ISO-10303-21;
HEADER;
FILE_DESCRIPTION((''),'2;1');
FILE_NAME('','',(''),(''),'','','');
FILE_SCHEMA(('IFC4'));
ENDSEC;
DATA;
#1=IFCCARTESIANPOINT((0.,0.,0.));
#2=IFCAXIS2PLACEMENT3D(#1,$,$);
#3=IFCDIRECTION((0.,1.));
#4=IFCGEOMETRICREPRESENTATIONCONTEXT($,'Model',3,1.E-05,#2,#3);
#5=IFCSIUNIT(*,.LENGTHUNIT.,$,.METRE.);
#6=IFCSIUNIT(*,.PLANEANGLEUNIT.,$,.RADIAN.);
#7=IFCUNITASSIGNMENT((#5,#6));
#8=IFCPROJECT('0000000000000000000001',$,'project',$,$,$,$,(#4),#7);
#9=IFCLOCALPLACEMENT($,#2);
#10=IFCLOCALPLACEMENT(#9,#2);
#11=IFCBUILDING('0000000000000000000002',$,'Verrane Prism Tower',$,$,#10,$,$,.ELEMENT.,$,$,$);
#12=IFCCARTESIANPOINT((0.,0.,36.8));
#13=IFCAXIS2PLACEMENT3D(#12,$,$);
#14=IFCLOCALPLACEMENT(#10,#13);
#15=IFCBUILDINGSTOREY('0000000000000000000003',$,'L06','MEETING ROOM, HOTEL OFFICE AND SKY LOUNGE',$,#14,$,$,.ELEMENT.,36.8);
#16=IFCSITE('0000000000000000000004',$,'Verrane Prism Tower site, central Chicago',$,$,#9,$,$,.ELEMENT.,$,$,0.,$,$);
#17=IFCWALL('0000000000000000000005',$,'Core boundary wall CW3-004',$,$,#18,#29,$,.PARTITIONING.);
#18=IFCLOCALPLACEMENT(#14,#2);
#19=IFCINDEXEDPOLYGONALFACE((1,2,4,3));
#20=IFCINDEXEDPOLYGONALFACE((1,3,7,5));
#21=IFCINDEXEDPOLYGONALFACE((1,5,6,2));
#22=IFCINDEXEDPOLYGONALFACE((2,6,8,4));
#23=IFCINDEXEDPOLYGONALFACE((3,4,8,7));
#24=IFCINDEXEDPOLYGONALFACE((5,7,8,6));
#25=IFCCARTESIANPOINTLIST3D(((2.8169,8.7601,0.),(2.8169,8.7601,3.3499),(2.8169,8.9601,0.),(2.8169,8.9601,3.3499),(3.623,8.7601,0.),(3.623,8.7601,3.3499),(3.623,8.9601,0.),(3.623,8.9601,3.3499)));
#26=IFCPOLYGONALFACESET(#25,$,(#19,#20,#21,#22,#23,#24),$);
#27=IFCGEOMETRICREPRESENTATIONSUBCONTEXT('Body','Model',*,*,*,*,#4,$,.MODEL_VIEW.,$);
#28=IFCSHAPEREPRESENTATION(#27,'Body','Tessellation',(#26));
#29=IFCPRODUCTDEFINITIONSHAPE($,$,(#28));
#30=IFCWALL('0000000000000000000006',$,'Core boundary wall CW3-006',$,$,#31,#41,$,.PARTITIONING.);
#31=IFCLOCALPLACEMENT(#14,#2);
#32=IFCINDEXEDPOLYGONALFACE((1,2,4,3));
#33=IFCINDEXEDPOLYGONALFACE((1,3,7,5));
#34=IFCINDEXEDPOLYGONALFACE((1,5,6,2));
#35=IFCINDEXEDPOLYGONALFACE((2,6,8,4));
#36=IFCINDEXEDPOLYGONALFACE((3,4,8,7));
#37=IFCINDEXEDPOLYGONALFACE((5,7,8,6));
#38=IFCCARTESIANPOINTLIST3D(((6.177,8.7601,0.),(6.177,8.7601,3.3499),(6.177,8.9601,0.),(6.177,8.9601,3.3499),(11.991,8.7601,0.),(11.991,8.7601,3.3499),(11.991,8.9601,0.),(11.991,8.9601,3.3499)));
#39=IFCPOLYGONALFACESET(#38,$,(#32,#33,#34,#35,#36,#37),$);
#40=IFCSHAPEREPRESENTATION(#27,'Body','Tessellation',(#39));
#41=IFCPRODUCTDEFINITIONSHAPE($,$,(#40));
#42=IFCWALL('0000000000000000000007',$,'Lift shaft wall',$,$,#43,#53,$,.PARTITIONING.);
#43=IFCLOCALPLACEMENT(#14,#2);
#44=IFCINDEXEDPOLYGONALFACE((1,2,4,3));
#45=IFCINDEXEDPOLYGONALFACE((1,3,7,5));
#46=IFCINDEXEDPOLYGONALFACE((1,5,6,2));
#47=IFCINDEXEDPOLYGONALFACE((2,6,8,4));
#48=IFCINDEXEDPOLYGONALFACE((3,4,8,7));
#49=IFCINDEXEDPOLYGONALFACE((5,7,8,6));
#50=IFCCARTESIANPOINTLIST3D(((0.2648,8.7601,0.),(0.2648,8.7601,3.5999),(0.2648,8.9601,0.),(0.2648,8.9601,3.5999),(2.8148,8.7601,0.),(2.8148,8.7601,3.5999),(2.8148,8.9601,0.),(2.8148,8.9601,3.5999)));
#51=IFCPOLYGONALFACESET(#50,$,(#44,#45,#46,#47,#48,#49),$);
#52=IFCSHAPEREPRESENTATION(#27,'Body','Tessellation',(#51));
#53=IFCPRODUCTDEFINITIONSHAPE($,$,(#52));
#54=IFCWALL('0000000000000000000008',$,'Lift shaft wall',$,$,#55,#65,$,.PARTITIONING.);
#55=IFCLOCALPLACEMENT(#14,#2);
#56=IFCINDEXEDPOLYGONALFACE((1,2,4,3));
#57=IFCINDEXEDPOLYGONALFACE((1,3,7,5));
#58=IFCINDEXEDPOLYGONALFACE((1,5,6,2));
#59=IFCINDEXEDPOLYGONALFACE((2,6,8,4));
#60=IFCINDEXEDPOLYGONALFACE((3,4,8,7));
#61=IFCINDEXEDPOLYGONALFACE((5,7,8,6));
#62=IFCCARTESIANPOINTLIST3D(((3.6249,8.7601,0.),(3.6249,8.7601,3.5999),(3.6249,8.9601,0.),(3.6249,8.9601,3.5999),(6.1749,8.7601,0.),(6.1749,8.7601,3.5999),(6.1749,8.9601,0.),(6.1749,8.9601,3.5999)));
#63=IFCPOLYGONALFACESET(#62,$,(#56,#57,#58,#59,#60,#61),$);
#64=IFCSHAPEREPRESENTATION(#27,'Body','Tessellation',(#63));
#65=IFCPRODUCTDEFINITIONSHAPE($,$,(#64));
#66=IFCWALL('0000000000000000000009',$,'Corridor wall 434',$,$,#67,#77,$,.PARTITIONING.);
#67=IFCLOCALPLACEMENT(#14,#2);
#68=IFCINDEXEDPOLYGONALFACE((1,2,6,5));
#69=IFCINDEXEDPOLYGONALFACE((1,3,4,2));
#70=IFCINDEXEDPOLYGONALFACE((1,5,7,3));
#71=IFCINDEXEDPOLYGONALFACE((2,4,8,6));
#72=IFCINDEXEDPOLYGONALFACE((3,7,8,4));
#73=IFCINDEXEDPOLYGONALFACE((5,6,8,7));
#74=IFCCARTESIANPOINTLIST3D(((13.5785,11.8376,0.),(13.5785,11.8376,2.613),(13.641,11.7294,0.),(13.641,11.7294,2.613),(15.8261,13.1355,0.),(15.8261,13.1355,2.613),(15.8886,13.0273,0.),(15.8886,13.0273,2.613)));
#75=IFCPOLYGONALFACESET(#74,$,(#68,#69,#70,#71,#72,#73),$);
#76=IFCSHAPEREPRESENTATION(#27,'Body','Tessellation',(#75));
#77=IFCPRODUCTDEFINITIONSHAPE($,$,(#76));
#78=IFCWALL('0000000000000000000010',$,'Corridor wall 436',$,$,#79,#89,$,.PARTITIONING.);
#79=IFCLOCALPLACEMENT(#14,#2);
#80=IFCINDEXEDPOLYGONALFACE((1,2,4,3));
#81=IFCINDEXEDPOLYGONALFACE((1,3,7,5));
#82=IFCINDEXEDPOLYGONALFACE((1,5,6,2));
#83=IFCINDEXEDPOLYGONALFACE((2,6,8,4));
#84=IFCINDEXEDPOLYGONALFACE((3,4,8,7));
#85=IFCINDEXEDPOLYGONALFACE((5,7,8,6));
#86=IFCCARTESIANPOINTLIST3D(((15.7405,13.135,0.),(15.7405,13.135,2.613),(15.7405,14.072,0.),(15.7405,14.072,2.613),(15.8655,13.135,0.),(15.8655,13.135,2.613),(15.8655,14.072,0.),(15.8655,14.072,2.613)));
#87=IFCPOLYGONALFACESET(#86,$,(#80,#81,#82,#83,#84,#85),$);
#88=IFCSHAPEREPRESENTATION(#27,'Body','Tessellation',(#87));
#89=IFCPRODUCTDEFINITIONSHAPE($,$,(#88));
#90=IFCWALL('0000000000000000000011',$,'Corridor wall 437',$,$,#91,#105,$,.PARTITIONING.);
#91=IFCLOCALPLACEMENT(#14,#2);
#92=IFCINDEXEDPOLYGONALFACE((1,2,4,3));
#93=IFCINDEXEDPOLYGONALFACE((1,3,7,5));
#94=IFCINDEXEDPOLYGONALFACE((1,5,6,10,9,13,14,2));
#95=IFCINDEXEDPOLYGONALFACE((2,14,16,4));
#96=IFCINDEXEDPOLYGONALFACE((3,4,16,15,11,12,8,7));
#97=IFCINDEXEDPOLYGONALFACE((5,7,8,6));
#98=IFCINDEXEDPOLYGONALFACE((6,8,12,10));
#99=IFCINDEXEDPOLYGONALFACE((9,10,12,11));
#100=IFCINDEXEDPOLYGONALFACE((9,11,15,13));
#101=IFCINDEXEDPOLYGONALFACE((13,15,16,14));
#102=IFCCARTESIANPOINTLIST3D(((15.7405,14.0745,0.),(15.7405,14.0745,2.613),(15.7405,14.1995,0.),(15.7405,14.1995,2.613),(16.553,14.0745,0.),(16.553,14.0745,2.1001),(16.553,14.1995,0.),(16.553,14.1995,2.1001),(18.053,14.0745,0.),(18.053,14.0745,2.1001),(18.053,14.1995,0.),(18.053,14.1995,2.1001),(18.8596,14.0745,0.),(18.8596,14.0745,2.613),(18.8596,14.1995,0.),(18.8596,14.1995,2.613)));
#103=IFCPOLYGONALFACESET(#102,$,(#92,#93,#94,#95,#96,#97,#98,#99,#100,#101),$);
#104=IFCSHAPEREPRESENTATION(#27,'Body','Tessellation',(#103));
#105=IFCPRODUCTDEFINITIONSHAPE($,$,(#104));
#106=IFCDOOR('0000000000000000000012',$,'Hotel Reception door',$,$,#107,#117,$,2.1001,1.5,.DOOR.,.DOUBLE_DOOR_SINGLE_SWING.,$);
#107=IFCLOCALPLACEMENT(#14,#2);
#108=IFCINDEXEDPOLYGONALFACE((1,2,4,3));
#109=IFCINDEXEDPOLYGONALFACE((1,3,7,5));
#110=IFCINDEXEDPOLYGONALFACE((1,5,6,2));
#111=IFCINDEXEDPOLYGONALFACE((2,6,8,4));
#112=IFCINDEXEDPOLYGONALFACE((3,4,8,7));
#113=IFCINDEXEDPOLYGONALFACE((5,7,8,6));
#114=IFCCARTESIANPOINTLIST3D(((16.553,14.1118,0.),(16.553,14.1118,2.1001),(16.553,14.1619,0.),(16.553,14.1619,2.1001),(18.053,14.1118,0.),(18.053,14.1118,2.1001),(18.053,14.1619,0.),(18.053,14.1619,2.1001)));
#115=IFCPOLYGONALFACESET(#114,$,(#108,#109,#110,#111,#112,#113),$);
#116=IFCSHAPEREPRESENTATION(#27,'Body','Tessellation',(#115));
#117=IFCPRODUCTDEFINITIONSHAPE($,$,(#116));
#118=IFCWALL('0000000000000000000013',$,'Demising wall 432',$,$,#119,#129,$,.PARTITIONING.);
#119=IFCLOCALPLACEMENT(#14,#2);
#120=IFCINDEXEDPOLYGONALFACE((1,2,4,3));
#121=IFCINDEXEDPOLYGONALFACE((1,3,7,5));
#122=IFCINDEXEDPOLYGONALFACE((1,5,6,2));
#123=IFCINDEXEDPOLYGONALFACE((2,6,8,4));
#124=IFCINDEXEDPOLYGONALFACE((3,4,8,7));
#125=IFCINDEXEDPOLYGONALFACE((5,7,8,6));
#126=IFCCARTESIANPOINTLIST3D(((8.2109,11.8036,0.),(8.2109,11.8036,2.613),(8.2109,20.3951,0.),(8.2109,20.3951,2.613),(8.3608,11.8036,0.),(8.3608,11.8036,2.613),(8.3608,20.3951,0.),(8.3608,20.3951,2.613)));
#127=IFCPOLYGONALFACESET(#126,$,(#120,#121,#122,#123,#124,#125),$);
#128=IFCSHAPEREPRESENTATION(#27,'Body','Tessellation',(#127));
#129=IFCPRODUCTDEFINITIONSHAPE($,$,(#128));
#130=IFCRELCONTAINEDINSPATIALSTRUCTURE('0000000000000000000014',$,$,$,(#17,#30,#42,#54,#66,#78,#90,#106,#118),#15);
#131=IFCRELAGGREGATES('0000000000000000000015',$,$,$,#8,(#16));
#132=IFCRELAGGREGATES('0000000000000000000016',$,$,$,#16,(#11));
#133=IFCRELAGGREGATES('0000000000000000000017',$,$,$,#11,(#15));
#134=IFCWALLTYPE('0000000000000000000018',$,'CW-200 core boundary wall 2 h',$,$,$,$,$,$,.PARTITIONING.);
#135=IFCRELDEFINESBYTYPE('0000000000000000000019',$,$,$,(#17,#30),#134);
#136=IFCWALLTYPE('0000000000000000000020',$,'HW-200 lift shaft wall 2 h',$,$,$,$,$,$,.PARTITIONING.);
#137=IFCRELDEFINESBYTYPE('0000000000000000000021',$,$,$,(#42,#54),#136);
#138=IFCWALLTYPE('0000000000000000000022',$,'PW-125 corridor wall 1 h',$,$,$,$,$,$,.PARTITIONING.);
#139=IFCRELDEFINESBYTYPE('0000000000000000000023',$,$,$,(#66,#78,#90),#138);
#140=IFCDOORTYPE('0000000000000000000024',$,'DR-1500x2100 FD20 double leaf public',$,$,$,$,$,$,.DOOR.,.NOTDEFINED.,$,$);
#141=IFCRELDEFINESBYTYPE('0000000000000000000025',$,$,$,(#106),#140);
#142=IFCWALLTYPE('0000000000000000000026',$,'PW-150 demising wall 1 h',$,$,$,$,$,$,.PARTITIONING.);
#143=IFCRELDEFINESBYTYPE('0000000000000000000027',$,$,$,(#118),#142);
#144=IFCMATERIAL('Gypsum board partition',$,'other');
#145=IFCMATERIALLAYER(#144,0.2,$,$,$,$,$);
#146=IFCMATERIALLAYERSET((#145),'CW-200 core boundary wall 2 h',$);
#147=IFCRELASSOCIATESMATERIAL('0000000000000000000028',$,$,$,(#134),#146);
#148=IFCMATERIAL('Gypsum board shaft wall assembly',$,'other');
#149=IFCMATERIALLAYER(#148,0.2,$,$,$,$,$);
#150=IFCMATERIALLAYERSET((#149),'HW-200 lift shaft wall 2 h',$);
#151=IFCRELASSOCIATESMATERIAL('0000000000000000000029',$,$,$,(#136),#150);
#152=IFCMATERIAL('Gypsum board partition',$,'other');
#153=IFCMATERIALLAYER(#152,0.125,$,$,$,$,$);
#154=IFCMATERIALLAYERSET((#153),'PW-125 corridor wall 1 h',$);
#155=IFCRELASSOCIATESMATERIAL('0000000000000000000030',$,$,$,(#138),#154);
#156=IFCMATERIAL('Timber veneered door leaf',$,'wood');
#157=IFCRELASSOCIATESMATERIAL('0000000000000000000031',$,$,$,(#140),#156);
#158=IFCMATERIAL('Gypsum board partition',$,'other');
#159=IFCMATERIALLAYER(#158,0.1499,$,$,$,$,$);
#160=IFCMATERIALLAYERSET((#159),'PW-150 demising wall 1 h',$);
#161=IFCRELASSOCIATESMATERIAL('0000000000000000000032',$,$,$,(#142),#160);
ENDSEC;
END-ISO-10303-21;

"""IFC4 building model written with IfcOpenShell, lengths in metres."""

from ifc_helpers import new_model, si_unit, direction, frame, frame_2d, origin, place, context, subcontext, project, spatial, rectangle, extrude, material, layer, layer_set, type_object, element, fill, save


model = new_model("IFC4")

# Units and contexts
model_context = context("Model", 3, precision=1e-05, world=origin(), true_north=direction((0.0, 1.0)))
body_context = subcontext(model_context, "Body", "Model", "MODEL_VIEW")
ifc_project = project(units=[si_unit("LENGTHUNIT", "METRE"), si_unit("PLANEANGLEUNIT", "RADIAN")], contexts=[model_context])

# Site, building, storey
site_placement = place(None, origin())
site = spatial("IfcSite", under=ifc_project, at=site_placement, Name="Verrane Prism Tower site, central Chicago", CompositionType="ELEMENT", RefElevation=0.0)
building_placement = place(site_placement, origin())
building = spatial("IfcBuilding", under=site, at=building_placement, Name="Verrane Prism Tower", CompositionType="ELEMENT")
storey_placement = place(building_placement, frame((0.0, 0.0, 36.8)))
storey = spatial("IfcBuildingStorey", under=building, at=storey_placement, Name="L06", Description="MEETING ROOM, HOTEL OFFICE AND SKY LOUNGE", CompositionType="ELEMENT", Elevation=36.8)

# Walls
ifc_material_1 = material(Name="Gypsum board partition", Category="other")
ifc_layer_1 = layer(ifc_material_1, 0.2)
ifc_layer_set_1 = layer_set([ifc_layer_1], Name="CW-200 core boundary wall 2 h")
wall_type_1 = type_object("IfcWallType", Name="CW-200 core boundary wall 2 h", PredefinedType="PARTITIONING", material=ifc_layer_set_1)
wall_1_placement = place(storey_placement, frame((2.8169, 8.8601, 0.0), z_axis=(0.0, 0.0, 1.0), x_axis=(1.0, 0.0, 0.0)))
element("IfcWall", 1, at=wall_1_placement, inside=storey, type_object=wall_type_1, Name="Core boundary wall CW3-004", PredefinedType="PARTITIONING", context=body_context, shape_type="SweptSolid", body=[
    extrude(rectangle(XDim=0.8062, YDim=0.2, at=frame_2d((0.4031, 0.0))), origin(), (0.0, 0.0, 1.0), 3.3499),
])
wall_2_placement = place(storey_placement, frame((6.177, 8.8601, 0.0), z_axis=(0.0, 0.0, 1.0), x_axis=(1.0, 0.0, 0.0)))
element("IfcWall", 2, at=wall_2_placement, inside=storey, type_object=wall_type_1, Name="Core boundary wall CW3-006", PredefinedType="PARTITIONING", context=body_context, shape_type="SweptSolid", body=[
    extrude(rectangle(XDim=5.814, YDim=0.2, at=frame_2d((2.907, 0.0))), origin(), (0.0, 0.0, 1.0), 3.3499),
])
ifc_material_2 = material(Name="Gypsum board shaft wall assembly", Category="other")
ifc_layer_2 = layer(ifc_material_2, 0.2)
ifc_layer_set_2 = layer_set([ifc_layer_2], Name="HW-200 lift shaft wall 2 h")
wall_type_2 = type_object("IfcWallType", Name="HW-200 lift shaft wall 2 h", PredefinedType="PARTITIONING", material=ifc_layer_set_2)
for number, where, z_axis, x_axis, name in (
    (3, (0.2649, 8.8601, 0.0), (0.0, 0.0, 1.0), (1.0, 0.0, 0.0), "Lift shaft wall"),
    (4, (3.625, 8.8601, 0.0), (0.0, 0.0, 1.0), (1.0, 0.0, 0.0), "Lift shaft wall"),
):
    element("IfcWall", number, at=place(storey_placement, frame(where, z_axis=z_axis, x_axis=x_axis)), inside=storey, type_object=wall_type_2, Name=name, PredefinedType="PARTITIONING", context=body_context, shape_type="SweptSolid", body=[
        extrude(rectangle(XDim=2.55, YDim=0.2, at=frame_2d((1.2749, 0.0))), origin(), (0.0, 0.0, 1.0), 3.5999),
    ])
ifc_material_3 = material(Name="Gypsum board partition", Category="other")
ifc_layer_3 = layer(ifc_material_3, 0.125)
ifc_layer_set_3 = layer_set([ifc_layer_3], Name="PW-125 corridor wall 1 h")
wall_type_3 = type_object("IfcWallType", Name="PW-125 corridor wall 1 h", PredefinedType="PARTITIONING", material=ifc_layer_set_3)
wall_3_placement = place(storey_placement, frame((13.6096, 11.7834, 0.0), z_axis=(0.0, 0.0, 1.0), x_axis=(0.865988, 0.500064, 0.0)))
element("IfcWall", 5, at=wall_3_placement, inside=storey, type_object=wall_type_3, Name="Corridor wall 434", PredefinedType="PARTITIONING", context=body_context, shape_type="SweptSolid", body=[
    extrude(rectangle(XDim=2.5955, YDim=0.125, at=frame_2d((1.2979, 0.0))), origin(), (0.0, 0.0, 1.0), 2.613),
])
wall_4_placement = place(storey_placement, frame((15.803, 13.135, 0.0), z_axis=(0.0, 0.0, 1.0), x_axis=(0.0, 1.0, 0.0)))
element("IfcWall", 6, at=wall_4_placement, inside=storey, type_object=wall_type_3, Name="Corridor wall 436", PredefinedType="PARTITIONING", context=body_context, shape_type="SweptSolid", body=[
    extrude(rectangle(XDim=0.937, YDim=0.125, at=frame_2d((0.4685, 0.0))), origin(), (0.0, 0.0, 1.0), 2.613),
])

# Wall, opening, door
wall_5_placement = place(storey_placement, frame((15.7405, 14.137, 0.0), z_axis=(0.0, 0.0, 1.0), x_axis=(1.0, 0.0, 0.0)))
wall_5 = element("IfcWall", 7, at=wall_5_placement, inside=storey, type_object=wall_type_3, Name="Corridor wall 437", PredefinedType="PARTITIONING", context=body_context, shape_type="SweptSolid", body=[
    extrude(rectangle(XDim=3.1191, YDim=0.125, at=frame_2d((1.5596, 0.0))), origin(), (0.0, 0.0, 1.0), 2.613),
])
opening_placement = place(wall_5_placement, frame((0.8125, 0.0, 0.0)))
opening = element("IfcOpeningElement", 8, at=opening_placement, cuts=wall_5, PredefinedType="OPENING", context=body_context, shape_type="SweptSolid", body=[
    extrude(rectangle(XDim=1.5, YDim=2.1001, at=frame_2d((0.75, 1.05))), frame((0.0, 0.0725, 0.0), z_axis=(0.0, -1.0, 0.0), x_axis=(1.0, 0.0, 0.0)), (0.0, 0.0, 1.0), 0.145),
])
ifc_material_4 = material(Name="Timber veneered door leaf", Category="wood")
door_type = type_object("IfcDoorType", Name="DR-1500x2100 FD20 double leaf public", OperationType="NOTDEFINED", PredefinedType="DOOR", material=ifc_material_4)
door_placement = place(opening_placement, origin())
door = element("IfcDoor", 9, at=door_placement, inside=storey, type_object=door_type, Name="Hotel Reception door", OperationType="DOUBLE_DOOR_SINGLE_SWING", OverallHeight=2.1001, OverallWidth=1.5, PredefinedType="DOOR", context=body_context, shape_type="SweptSolid", body=[
    extrude(rectangle(XDim=1.5, YDim=2.1001, at=frame_2d((0.75, 1.05))), frame((0.0, 0.0249, 0.0), z_axis=(0.0, -1.0, 0.0), x_axis=(1.0, 0.0, 0.0)), (0.0, 0.0, 1.0), 0.05),
])
fill(opening, door)

# Wall
ifc_material_5 = material(Name="Gypsum board partition", Category="other")
ifc_layer_4 = layer(ifc_material_5, 0.1499)
ifc_layer_set_4 = layer_set([ifc_layer_4], Name="PW-150 demising wall 1 h")
wall_type_4 = type_object("IfcWallType", Name="PW-150 demising wall 1 h", PredefinedType="PARTITIONING", material=ifc_layer_set_4)
wall_6_placement = place(storey_placement, frame((8.2859, 11.8035, 0.0), z_axis=(0.0, 0.0, 1.0), x_axis=(0.0, 1.0, 0.0)))
element("IfcWall", 10, at=wall_6_placement, inside=storey, type_object=wall_type_4, Name="Demising wall 432", PredefinedType="PARTITIONING", context=body_context, shape_type="SweptSolid", body=[
    extrude(rectangle(XDim=8.5916, YDim=0.1499, at=frame_2d((4.2959, 0.0))), origin(), (0.0, 0.0, 1.0), 2.613),
])

save(model, "model.ifc")
